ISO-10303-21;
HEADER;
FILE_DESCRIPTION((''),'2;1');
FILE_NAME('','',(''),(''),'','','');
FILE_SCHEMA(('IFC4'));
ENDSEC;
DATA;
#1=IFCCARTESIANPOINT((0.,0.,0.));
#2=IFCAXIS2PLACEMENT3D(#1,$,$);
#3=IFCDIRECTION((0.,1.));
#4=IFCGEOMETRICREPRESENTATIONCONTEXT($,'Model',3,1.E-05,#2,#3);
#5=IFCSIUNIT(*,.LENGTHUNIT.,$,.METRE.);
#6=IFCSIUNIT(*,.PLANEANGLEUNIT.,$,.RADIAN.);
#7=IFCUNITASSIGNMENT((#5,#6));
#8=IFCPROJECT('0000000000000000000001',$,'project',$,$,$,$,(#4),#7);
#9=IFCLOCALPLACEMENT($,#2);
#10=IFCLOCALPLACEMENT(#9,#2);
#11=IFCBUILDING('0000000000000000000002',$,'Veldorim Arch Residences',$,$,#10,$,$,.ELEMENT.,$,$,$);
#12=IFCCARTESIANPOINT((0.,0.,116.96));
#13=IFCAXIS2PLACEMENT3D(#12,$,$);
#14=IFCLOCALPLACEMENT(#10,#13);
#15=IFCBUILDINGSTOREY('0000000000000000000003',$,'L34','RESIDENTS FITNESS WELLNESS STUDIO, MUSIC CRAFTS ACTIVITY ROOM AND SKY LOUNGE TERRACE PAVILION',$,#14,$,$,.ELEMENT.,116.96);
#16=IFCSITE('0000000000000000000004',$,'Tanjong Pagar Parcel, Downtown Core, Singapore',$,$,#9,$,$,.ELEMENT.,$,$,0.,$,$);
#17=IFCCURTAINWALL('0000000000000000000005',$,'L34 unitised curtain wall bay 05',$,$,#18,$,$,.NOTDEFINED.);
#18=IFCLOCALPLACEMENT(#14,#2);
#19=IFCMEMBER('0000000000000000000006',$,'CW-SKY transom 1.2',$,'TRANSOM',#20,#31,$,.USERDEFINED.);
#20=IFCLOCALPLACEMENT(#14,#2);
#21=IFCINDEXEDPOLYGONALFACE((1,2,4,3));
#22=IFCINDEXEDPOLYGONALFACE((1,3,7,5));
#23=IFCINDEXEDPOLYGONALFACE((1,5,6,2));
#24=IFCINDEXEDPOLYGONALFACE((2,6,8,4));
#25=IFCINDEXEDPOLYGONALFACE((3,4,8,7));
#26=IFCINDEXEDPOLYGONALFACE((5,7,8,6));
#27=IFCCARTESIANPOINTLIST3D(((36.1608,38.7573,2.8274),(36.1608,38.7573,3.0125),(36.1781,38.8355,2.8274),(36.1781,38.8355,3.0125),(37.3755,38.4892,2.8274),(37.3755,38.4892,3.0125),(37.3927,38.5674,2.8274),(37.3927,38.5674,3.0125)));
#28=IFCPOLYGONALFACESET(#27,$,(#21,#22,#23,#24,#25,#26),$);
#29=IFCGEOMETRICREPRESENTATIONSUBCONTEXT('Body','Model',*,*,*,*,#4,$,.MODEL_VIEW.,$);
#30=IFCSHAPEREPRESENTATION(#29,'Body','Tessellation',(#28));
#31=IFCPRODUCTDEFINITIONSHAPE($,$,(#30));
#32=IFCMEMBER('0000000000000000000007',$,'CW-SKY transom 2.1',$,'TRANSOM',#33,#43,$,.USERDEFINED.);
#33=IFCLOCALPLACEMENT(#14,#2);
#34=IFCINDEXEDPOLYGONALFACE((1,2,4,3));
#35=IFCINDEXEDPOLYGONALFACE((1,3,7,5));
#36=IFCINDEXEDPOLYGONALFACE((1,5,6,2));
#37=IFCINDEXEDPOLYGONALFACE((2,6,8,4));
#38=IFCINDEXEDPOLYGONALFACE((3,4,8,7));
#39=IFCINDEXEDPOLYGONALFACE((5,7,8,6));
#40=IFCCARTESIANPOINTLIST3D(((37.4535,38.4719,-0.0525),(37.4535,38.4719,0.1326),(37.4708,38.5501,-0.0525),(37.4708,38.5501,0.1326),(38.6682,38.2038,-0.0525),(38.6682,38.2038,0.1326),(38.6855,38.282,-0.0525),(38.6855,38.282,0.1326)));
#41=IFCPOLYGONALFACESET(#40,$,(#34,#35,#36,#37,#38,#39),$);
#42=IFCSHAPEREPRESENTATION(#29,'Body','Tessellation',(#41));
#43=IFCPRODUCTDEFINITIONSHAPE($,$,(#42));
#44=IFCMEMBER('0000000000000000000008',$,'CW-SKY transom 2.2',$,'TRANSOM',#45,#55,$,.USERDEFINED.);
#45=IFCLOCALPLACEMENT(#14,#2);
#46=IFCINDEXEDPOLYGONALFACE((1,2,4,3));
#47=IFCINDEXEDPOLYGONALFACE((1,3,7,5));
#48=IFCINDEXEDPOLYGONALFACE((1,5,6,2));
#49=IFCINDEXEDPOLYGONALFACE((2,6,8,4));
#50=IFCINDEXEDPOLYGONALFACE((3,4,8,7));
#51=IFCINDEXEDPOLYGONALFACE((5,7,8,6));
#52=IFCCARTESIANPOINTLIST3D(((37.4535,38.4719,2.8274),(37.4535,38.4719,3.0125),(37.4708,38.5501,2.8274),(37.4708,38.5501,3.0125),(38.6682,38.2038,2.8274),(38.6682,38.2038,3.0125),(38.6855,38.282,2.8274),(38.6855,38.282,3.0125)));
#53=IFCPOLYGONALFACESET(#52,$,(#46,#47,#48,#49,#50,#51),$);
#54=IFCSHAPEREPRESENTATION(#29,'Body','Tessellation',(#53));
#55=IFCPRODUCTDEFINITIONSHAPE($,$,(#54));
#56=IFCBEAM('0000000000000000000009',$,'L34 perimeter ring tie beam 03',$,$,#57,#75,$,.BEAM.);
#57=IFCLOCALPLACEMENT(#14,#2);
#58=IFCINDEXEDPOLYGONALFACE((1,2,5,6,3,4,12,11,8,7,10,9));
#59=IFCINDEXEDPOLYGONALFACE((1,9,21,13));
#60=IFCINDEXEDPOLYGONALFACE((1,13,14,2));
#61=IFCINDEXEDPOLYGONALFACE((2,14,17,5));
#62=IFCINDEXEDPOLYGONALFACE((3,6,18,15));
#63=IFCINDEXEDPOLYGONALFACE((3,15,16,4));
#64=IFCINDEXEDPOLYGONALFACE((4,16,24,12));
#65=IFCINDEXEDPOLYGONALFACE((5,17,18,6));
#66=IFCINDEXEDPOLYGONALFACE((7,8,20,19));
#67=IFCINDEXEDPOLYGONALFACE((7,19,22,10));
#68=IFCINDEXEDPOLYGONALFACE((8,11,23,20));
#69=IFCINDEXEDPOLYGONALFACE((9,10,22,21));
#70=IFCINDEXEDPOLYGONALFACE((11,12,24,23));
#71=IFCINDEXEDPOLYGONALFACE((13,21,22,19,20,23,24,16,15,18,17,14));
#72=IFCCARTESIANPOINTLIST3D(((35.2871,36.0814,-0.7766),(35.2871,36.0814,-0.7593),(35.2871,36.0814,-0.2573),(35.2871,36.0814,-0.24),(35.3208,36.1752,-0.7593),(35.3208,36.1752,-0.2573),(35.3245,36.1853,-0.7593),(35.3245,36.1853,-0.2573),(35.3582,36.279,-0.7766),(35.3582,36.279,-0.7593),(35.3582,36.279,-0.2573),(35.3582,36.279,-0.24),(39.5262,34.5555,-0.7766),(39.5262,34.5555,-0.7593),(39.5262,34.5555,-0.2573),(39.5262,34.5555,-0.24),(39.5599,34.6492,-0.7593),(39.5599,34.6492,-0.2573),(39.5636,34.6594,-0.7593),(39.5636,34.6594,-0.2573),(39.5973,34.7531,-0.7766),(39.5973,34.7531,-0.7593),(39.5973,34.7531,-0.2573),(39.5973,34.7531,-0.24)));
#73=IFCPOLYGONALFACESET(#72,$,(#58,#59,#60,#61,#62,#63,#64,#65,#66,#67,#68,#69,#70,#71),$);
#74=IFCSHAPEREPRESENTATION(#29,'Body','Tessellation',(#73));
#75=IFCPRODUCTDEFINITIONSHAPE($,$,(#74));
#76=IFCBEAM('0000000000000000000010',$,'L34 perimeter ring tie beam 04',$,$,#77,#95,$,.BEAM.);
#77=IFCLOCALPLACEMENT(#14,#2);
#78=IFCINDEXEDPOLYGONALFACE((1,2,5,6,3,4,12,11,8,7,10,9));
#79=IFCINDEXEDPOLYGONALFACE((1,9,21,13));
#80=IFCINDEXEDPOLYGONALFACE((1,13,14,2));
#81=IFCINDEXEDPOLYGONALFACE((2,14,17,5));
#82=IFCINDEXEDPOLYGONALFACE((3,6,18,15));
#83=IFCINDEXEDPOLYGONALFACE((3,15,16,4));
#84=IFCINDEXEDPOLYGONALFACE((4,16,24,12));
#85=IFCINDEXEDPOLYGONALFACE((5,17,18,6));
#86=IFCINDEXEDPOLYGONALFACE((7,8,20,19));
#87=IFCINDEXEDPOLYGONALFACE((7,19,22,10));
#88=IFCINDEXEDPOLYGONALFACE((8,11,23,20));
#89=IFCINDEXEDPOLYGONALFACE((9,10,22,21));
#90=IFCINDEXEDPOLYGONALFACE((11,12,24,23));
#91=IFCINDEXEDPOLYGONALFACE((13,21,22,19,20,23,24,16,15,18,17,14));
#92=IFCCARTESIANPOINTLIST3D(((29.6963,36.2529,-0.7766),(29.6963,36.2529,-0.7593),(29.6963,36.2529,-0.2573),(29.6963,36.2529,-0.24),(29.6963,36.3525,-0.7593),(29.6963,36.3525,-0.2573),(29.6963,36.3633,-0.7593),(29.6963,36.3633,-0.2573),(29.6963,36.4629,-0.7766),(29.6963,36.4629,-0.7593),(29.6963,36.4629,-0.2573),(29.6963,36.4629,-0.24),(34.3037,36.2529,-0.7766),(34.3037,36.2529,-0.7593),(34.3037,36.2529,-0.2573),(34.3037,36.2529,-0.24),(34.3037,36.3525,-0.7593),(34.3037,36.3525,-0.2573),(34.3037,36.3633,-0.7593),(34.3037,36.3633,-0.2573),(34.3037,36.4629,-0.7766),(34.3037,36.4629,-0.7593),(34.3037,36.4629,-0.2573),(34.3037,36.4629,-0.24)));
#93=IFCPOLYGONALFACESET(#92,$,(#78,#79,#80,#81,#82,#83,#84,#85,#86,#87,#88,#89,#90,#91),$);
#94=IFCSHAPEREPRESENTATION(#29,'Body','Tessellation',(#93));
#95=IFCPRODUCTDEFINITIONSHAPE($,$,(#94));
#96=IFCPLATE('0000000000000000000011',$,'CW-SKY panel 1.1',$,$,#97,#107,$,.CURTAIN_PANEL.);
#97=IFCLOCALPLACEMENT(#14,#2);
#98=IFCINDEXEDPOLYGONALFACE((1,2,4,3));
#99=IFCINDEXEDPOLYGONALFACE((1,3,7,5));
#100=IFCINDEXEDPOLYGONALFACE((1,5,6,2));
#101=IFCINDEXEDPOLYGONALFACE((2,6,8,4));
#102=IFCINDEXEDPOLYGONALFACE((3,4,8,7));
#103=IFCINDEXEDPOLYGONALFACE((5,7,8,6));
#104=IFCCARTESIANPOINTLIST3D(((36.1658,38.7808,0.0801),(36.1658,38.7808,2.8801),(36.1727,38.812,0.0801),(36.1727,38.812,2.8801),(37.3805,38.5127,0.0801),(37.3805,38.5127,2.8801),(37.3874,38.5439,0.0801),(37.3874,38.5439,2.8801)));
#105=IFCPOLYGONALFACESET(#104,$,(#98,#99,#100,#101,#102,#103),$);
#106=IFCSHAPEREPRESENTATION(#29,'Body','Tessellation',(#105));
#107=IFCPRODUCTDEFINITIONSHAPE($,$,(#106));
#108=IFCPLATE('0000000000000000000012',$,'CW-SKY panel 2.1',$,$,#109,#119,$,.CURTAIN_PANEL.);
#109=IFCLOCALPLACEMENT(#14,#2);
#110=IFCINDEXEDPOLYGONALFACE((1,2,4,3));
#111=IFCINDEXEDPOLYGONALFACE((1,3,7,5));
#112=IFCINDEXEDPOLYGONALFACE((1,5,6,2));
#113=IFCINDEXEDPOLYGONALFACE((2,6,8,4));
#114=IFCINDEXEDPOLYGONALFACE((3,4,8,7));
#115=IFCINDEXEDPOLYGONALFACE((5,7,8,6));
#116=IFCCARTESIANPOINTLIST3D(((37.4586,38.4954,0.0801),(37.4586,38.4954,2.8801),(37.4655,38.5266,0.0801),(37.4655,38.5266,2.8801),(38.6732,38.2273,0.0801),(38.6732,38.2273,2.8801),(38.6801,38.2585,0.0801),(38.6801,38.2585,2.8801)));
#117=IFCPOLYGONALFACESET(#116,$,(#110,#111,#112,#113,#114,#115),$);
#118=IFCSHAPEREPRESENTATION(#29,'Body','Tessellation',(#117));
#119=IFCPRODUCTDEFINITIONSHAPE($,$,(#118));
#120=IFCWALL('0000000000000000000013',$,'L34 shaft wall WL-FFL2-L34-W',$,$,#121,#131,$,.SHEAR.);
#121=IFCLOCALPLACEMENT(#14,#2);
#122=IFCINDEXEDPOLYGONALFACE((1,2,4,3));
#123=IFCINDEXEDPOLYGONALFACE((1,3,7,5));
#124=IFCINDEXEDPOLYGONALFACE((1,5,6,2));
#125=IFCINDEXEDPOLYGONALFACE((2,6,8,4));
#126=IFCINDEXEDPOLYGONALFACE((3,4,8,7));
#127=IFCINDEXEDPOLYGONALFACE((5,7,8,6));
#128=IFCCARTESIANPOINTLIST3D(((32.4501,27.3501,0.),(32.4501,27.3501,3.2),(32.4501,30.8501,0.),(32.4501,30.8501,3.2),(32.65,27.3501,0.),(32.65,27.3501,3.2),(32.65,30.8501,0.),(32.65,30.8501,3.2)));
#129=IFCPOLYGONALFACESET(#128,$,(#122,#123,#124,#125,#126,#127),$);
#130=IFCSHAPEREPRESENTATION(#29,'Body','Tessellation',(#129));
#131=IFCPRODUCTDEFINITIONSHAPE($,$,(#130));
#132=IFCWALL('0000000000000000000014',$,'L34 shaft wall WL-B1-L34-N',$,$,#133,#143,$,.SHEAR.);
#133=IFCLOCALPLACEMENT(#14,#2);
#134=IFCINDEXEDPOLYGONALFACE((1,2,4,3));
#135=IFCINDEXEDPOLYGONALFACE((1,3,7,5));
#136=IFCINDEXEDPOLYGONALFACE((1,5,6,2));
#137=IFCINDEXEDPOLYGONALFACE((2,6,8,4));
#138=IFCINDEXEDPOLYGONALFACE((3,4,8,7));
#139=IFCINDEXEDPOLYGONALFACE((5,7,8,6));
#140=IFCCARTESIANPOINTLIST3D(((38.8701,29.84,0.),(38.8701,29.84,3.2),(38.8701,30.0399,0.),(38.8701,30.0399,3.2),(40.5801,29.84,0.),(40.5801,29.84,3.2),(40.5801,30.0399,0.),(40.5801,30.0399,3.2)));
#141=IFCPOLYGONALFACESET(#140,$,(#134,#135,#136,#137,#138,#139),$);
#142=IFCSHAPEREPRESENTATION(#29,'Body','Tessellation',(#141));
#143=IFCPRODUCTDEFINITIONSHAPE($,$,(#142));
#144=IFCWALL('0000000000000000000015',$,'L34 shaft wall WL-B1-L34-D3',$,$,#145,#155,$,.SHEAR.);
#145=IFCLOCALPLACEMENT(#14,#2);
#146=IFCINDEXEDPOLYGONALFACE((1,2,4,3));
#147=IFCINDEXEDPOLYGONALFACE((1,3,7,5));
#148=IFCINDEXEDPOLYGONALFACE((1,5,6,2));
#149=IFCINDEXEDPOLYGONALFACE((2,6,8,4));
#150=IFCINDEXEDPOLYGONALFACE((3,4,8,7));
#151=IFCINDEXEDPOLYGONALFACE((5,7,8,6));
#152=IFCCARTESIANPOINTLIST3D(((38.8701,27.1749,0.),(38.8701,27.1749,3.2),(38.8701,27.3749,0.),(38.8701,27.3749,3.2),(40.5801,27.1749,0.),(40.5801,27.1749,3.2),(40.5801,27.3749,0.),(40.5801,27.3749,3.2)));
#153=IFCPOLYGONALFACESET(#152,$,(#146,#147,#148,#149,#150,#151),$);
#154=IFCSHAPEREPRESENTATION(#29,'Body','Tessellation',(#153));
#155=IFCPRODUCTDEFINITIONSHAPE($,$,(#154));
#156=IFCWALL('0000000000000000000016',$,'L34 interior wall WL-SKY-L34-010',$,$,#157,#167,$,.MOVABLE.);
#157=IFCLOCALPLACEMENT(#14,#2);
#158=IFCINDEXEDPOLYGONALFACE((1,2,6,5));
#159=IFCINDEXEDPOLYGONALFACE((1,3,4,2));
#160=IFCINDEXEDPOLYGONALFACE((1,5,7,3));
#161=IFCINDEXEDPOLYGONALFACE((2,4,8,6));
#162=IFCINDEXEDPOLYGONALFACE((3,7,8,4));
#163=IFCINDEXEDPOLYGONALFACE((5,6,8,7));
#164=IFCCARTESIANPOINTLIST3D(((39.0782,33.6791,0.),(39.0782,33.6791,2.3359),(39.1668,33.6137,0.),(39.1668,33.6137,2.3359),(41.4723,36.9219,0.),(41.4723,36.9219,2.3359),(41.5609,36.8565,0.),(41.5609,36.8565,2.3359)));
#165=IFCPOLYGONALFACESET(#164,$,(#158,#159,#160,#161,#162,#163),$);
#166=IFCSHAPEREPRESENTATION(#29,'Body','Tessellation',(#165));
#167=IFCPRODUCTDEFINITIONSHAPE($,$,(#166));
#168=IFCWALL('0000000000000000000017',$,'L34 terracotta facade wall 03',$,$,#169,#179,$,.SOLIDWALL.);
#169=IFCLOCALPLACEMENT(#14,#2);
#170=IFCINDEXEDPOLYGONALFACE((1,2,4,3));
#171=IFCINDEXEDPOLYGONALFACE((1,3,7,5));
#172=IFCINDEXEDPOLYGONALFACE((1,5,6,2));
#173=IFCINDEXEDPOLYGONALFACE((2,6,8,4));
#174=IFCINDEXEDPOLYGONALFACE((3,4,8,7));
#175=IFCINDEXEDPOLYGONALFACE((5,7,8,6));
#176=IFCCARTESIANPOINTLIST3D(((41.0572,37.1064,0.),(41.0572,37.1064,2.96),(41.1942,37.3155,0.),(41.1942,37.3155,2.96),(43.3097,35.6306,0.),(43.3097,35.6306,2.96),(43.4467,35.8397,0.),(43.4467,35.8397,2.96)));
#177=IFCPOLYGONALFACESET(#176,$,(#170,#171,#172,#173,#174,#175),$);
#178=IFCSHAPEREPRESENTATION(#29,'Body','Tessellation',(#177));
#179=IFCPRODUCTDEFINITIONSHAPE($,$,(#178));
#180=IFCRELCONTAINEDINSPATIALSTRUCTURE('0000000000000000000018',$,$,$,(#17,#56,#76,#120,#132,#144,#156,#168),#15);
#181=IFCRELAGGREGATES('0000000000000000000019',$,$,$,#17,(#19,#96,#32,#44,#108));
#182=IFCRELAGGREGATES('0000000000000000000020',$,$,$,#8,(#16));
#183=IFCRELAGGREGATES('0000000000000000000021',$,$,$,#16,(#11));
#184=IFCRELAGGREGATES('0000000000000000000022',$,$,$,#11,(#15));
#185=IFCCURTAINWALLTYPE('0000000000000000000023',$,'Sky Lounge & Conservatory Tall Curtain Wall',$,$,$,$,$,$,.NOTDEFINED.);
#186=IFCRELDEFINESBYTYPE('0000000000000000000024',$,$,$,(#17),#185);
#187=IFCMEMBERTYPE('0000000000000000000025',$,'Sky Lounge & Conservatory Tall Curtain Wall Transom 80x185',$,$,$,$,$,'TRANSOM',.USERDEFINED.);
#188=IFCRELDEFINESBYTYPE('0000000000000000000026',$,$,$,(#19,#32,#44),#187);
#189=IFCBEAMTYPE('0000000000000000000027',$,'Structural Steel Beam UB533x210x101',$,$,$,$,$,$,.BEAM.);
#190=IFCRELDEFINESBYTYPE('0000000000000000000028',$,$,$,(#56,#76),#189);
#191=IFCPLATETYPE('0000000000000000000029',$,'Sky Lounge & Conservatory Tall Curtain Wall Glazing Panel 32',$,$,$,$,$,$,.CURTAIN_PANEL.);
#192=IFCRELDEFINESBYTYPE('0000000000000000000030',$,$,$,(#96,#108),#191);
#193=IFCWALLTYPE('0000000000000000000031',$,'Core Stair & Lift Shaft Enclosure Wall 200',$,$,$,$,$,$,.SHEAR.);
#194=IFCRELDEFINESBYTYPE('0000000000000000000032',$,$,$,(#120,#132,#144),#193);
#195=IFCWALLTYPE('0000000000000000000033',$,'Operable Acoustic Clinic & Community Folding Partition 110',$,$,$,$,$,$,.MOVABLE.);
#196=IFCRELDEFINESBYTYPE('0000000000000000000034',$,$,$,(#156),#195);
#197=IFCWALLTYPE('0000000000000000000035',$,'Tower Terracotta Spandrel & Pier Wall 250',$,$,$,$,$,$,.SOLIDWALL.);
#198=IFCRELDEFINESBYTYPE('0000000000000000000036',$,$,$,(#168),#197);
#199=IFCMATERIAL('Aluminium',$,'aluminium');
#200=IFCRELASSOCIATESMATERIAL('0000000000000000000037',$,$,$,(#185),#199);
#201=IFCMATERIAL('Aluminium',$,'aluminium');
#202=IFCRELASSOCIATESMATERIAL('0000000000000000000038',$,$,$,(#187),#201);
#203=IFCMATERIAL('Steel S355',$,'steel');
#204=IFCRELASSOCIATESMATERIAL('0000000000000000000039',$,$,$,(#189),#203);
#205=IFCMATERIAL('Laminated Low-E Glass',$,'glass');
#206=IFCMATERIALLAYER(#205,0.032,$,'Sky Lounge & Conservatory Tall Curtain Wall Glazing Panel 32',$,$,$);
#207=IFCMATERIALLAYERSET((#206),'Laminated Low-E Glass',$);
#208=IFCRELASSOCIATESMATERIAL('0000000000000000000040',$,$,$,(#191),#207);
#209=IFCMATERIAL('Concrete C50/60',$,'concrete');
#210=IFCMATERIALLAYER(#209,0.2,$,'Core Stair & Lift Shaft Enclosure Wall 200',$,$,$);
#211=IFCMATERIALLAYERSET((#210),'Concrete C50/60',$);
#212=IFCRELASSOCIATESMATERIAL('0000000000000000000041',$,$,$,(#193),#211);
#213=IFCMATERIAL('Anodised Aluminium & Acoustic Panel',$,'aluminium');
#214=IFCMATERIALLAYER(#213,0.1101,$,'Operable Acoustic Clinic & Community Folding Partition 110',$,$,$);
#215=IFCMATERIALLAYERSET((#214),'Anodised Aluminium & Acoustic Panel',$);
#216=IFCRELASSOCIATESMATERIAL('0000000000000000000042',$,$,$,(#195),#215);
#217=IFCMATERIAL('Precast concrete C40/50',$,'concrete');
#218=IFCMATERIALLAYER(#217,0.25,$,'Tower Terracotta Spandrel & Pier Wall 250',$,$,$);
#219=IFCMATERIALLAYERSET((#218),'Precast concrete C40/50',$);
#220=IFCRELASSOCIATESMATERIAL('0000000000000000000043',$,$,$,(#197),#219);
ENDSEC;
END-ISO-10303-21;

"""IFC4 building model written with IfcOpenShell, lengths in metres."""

from ifc_helpers import new_model, si_unit, direction, frame, frame_2d, origin, origin_2d, place, context, subcontext, project, spatial, rectangle, i_section, extrude, material, layer, layer_set, material_profile, profile_set, type_object, element, aggregate, save


model = new_model("IFC4")

# Units and contexts
model_context = context("Model", 3, precision=1e-05, world=origin(), true_north=direction((0.0, 1.0)))
body_context = subcontext(model_context, "Body", "Model", "MODEL_VIEW")
ifc_project = project(units=[si_unit("LENGTHUNIT", "METRE"), si_unit("PLANEANGLEUNIT", "RADIAN")], contexts=[model_context])

# Site, building, storey
site_placement = place(None, origin())
site = spatial("IfcSite", under=ifc_project, at=site_placement, Name="Tanjong Pagar Parcel, Downtown Core, Singapore", CompositionType="ELEMENT", RefElevation=0.0)
building_placement = place(site_placement, origin())
building = spatial("IfcBuilding", under=site, at=building_placement, Name="Veldorim Arch Residences", CompositionType="ELEMENT")
storey_placement = place(building_placement, frame((0.0, 0.0, 116.96)))
storey = spatial("IfcBuildingStorey", under=building, at=storey_placement, Name="L34", Description="RESIDENTS FITNESS WELLNESS STUDIO, MUSIC CRAFTS ACTIVITY ROOM AND SKY LOUNGE TERRACE PAVILION", CompositionType="ELEMENT", Elevation=116.96)

# Shared definitions
ifc_material_1 = material(Name="Aluminium", Category="aluminium")
curtain_wall_type = type_object("IfcCurtainWallType", Name="Sky Lounge & Conservatory Tall Curtain Wall", PredefinedType="NOTDEFINED", material=ifc_material_1)

# Curtain wall
curtain_wall_1_placement = place(storey_placement, origin())
curtain_wall_1 = element("IfcCurtainWall", 1, at=curtain_wall_1_placement, inside=storey, type_object=curtain_wall_type, Name="L34 unitised curtain wall bay 05", PredefinedType="NOTDEFINED")

# Members
ifc_material_2 = material(Name="Aluminium", Category="aluminium")
ifc_material_profile_1 = material_profile(ifc_material_2, rectangle(XDim=0.0801, YDim=0.1851, at=origin_2d()), Name="ALU_TRN_80x185")
ifc_profile_set_1 = profile_set([ifc_material_profile_1], Name="Aluminium")
member_type_1 = type_object("IfcMemberType", Name="Sky Lounge & Conservatory Tall Curtain Wall Transom 80x185", ElementType="TRANSOM", PredefinedType="USERDEFINED", material=ifc_profile_set_1)
member_1_placement = place(storey_placement, frame((36.1694, 38.7964, 2.9199), z_axis=(0.9765, -0.215517, 0.0), x_axis=(0.215517, 0.9765, 0.0)))
member_1 = element("IfcMember", 2, at=member_1_placement, type_object=member_type_1, Name="CW-SKY transom 1.2", ObjectType="TRANSOM", PredefinedType="USERDEFINED", context=body_context, shape_type="SweptSolid", body=[
    extrude(rectangle(XDim=0.0801, YDim=0.1851, at=origin_2d()), origin(), (0.0, 0.0, 1.0), 1.2439),
])
member_2_placement = place(storey_placement, frame((37.4622, 38.511, 0.04), z_axis=(0.9765, -0.215517, 0.0), x_axis=(0.215517, 0.9765, 0.0)))
member_2 = element("IfcMember", 3, at=member_2_placement, type_object=member_type_1, Name="CW-SKY transom 2.1", ObjectType="TRANSOM", PredefinedType="USERDEFINED", context=body_context, shape_type="SweptSolid", body=[
    extrude(rectangle(XDim=0.0801, YDim=0.1851, at=origin_2d()), origin(), (0.0, 0.0, 1.0), 1.2439),
])
member_3_placement = place(storey_placement, frame((37.4622, 38.511, 2.9199), z_axis=(0.9765, -0.215517, 0.0), x_axis=(0.215517, 0.9765, 0.0)))
member_3 = element("IfcMember", 4, at=member_3_placement, type_object=member_type_1, Name="CW-SKY transom 2.2", ObjectType="TRANSOM", PredefinedType="USERDEFINED", context=body_context, shape_type="SweptSolid", body=[
    extrude(rectangle(XDim=0.0801, YDim=0.1851, at=origin_2d()), origin(), (0.0, 0.0, 1.0), 1.2439),
])

# Beams
ifc_material_3 = material(Name="Steel S355", Category="steel")
ifc_material_profile_2 = material_profile(ifc_material_3, i_section(OverallWidth=0.21, OverallDepth=0.5366, WebThickness=0.0107, FlangeThickness=0.0173, at=origin_2d()), Name="UB533x210x101")
ifc_profile_set_2 = profile_set([ifc_material_profile_2], Name="Steel S355")
beam_type = type_object("IfcBeamType", Name="Structural Steel Beam UB533x210x101", PredefinedType="BEAM", material=ifc_profile_set_2)
beam_1_placement = place(storey_placement, frame((39.5618, 34.6543, -0.5083), z_axis=(-0.940899, 0.338687, 0.0), x_axis=(-0.338687, -0.940899, 0.0)))
element("IfcBeam", 5, at=beam_1_placement, inside=storey, type_object=beam_type, Name="L34 perimeter ring tie beam 03", PredefinedType="BEAM", context=body_context, shape_type="SweptSolid", body=[
    extrude(i_section(OverallWidth=0.21, OverallDepth=0.5366, WebThickness=0.0107, FlangeThickness=0.0173, at=origin_2d()), origin(), (0.0, 0.0, 1.0), 4.5054),
])
beam_2_placement = place(storey_placement, frame((34.3037, 36.3579, -0.5083), z_axis=(-1.0, 0.0, 0.0), x_axis=(0.0, -1.0, 0.0)))
element("IfcBeam", 6, at=beam_2_placement, inside=storey, type_object=beam_type, Name="L34 perimeter ring tie beam 04", PredefinedType="BEAM", context=body_context, shape_type="SweptSolid", body=[
    extrude(i_section(OverallWidth=0.21, OverallDepth=0.5366, WebThickness=0.0107, FlangeThickness=0.0173, at=origin_2d()), origin(), (0.0, 0.0, 1.0), 4.6074),
])

# Plates
ifc_material_4 = material(Name="Laminated Low-E Glass", Category="glass")
ifc_layer_1 = layer(ifc_material_4, 0.032, Name="Sky Lounge & Conservatory Tall Curtain Wall Glazing Panel 32")
ifc_layer_set_1 = layer_set([ifc_layer_1], Name="Laminated Low-E Glass")
plate_type = type_object("IfcPlateType", Name="Sky Lounge & Conservatory Tall Curtain Wall Glazing Panel 32", PredefinedType="CURTAIN_PANEL", material=ifc_layer_set_1)
plate_1_placement = place(storey_placement, frame((36.7766, 38.6624, 0.0801), z_axis=(0.0, 0.0, 1.0), x_axis=(0.976496, -0.215537, 0.0)))
plate_1 = element("IfcPlate", 7, at=plate_1_placement, type_object=plate_type, Name="CW-SKY panel 1.1", PredefinedType="CURTAIN_PANEL", context=body_context, shape_type="SweptSolid", body=[
    extrude(rectangle(XDim=1.2439, YDim=0.032, at=origin_2d()), origin(), (0.0, 0.0, 1.0), 2.8),
])
plate_2_placement = place(storey_placement, frame((38.0693, 38.377, 0.0801), z_axis=(0.0, 0.0, 1.0), x_axis=(0.976496, -0.215537, 0.0)))
plate_2 = element("IfcPlate", 8, at=plate_2_placement, type_object=plate_type, Name="CW-SKY panel 2.1", PredefinedType="CURTAIN_PANEL", context=body_context, shape_type="SweptSolid", body=[
    extrude(rectangle(XDim=1.2439, YDim=0.032, at=origin_2d()), origin(), (0.0, 0.0, 1.0), 2.8),
])
aggregate(curtain_wall_1, [member_1, plate_1, member_2, member_3, plate_2])

# Shared definitions
ifc_material_5 = material(Name="Concrete C50/60", Category="concrete")
ifc_layer_2 = layer(ifc_material_5, 0.2, Name="Core Stair & Lift Shaft Enclosure Wall 200")
ifc_layer_set_2 = layer_set([ifc_layer_2], Name="Concrete C50/60")
wall_type_1 = type_object("IfcWallType", Name="Core Stair & Lift Shaft Enclosure Wall 200", PredefinedType="SHEAR", material=ifc_layer_set_2)

# Walls
wall_1_placement = place(storey_placement, frame((32.55, 27.3501, 0.0), z_axis=(0.0, 0.0, 1.0), x_axis=(0.0, 1.0, 0.0)))
element("IfcWall", 9, at=wall_1_placement, inside=storey, type_object=wall_type_1, Name="L34 shaft wall WL-FFL2-L34-W", PredefinedType="SHEAR", context=body_context, shape_type="SweptSolid", body=[
    extrude(rectangle(XDim=3.5, YDim=0.2, at=frame_2d((1.75, 0.0))), origin(), (0.0, 0.0, 1.0), 3.2),
])
for number, where, z_axis, x_axis, name in (
    (10, (38.8701, 29.9399, 0.0), (0.0, 0.0, 1.0), (1.0, 0.0, 0.0), "L34 shaft wall WL-B1-L34-N"),
    (11, (38.8701, 27.2749, 0.0), (0.0, 0.0, 1.0), (1.0, 0.0, 0.0), "L34 shaft wall WL-B1-L34-D3"),
):
    element("IfcWall", number, at=place(storey_placement, frame(where, z_axis=z_axis, x_axis=x_axis)), inside=storey, type_object=wall_type_1, Name=name, PredefinedType="SHEAR", context=body_context, shape_type="SweptSolid", body=[
        extrude(rectangle(XDim=1.71, YDim=0.2, at=frame_2d((0.855, 0.0))), origin(), (0.0, 0.0, 1.0), 3.2),
    ])
ifc_material_6 = material(Name="Anodised Aluminium & Acoustic Panel", Category="aluminium")
ifc_layer_3 = layer(ifc_material_6, 0.1101, Name="Operable Acoustic Clinic & Community Folding Partition 110")
ifc_layer_set_3 = layer_set([ifc_layer_3], Name="Anodised Aluminium & Acoustic Panel")
wall_type_2 = type_object("IfcWallType", Name="Operable Acoustic Clinic & Community Folding Partition 110", PredefinedType="MOVABLE", material=ifc_layer_set_3)
wall_2_placement = place(storey_placement, frame((41.5166, 36.8892, 0.0), z_axis=(0.0, 0.0, 1.0), x_axis=(-0.593955, -0.804498, 0.0)))
element("IfcWall", 12, at=wall_2_placement, inside=storey, type_object=wall_type_2, Name="L34 interior wall WL-SKY-L34-010", PredefinedType="MOVABLE", context=body_context, shape_type="SweptSolid", body=[
    extrude(rectangle(XDim=4.0308, YDim=0.1101, at=frame_2d((2.0154, 0.0))), origin(), (0.0, 0.0, 1.0), 2.3359),
])
ifc_material_7 = material(Name="Precast concrete C40/50", Category="concrete")
ifc_layer_4 = layer(ifc_material_7, 0.25, Name="Tower Terracotta Spandrel & Pier Wall 250")
ifc_layer_set_4 = layer_set([ifc_layer_4], Name="Precast concrete C40/50")
wall_type_3 = type_object("IfcWallType", Name="Tower Terracotta Spandrel & Pier Wall 250", PredefinedType="SOLIDWALL", material=ifc_layer_set_4)
wall_3_placement = place(storey_placement, frame((41.1257, 37.2109, 0.0), z_axis=(0.0, 0.0, 1.0), x_axis=(0.836445, -0.54805, 0.0)))
element("IfcWall", 13, at=wall_3_placement, inside=storey, type_object=wall_type_3, Name="L34 terracotta facade wall 03", PredefinedType="SOLIDWALL", context=body_context, shape_type="SweptSolid", body=[
    extrude(rectangle(XDim=2.6929, YDim=0.25, at=frame_2d((1.3464, 0.0))), origin(), (0.0, 0.0, 1.0), 2.96),
])

save(model, "model.ifc")
